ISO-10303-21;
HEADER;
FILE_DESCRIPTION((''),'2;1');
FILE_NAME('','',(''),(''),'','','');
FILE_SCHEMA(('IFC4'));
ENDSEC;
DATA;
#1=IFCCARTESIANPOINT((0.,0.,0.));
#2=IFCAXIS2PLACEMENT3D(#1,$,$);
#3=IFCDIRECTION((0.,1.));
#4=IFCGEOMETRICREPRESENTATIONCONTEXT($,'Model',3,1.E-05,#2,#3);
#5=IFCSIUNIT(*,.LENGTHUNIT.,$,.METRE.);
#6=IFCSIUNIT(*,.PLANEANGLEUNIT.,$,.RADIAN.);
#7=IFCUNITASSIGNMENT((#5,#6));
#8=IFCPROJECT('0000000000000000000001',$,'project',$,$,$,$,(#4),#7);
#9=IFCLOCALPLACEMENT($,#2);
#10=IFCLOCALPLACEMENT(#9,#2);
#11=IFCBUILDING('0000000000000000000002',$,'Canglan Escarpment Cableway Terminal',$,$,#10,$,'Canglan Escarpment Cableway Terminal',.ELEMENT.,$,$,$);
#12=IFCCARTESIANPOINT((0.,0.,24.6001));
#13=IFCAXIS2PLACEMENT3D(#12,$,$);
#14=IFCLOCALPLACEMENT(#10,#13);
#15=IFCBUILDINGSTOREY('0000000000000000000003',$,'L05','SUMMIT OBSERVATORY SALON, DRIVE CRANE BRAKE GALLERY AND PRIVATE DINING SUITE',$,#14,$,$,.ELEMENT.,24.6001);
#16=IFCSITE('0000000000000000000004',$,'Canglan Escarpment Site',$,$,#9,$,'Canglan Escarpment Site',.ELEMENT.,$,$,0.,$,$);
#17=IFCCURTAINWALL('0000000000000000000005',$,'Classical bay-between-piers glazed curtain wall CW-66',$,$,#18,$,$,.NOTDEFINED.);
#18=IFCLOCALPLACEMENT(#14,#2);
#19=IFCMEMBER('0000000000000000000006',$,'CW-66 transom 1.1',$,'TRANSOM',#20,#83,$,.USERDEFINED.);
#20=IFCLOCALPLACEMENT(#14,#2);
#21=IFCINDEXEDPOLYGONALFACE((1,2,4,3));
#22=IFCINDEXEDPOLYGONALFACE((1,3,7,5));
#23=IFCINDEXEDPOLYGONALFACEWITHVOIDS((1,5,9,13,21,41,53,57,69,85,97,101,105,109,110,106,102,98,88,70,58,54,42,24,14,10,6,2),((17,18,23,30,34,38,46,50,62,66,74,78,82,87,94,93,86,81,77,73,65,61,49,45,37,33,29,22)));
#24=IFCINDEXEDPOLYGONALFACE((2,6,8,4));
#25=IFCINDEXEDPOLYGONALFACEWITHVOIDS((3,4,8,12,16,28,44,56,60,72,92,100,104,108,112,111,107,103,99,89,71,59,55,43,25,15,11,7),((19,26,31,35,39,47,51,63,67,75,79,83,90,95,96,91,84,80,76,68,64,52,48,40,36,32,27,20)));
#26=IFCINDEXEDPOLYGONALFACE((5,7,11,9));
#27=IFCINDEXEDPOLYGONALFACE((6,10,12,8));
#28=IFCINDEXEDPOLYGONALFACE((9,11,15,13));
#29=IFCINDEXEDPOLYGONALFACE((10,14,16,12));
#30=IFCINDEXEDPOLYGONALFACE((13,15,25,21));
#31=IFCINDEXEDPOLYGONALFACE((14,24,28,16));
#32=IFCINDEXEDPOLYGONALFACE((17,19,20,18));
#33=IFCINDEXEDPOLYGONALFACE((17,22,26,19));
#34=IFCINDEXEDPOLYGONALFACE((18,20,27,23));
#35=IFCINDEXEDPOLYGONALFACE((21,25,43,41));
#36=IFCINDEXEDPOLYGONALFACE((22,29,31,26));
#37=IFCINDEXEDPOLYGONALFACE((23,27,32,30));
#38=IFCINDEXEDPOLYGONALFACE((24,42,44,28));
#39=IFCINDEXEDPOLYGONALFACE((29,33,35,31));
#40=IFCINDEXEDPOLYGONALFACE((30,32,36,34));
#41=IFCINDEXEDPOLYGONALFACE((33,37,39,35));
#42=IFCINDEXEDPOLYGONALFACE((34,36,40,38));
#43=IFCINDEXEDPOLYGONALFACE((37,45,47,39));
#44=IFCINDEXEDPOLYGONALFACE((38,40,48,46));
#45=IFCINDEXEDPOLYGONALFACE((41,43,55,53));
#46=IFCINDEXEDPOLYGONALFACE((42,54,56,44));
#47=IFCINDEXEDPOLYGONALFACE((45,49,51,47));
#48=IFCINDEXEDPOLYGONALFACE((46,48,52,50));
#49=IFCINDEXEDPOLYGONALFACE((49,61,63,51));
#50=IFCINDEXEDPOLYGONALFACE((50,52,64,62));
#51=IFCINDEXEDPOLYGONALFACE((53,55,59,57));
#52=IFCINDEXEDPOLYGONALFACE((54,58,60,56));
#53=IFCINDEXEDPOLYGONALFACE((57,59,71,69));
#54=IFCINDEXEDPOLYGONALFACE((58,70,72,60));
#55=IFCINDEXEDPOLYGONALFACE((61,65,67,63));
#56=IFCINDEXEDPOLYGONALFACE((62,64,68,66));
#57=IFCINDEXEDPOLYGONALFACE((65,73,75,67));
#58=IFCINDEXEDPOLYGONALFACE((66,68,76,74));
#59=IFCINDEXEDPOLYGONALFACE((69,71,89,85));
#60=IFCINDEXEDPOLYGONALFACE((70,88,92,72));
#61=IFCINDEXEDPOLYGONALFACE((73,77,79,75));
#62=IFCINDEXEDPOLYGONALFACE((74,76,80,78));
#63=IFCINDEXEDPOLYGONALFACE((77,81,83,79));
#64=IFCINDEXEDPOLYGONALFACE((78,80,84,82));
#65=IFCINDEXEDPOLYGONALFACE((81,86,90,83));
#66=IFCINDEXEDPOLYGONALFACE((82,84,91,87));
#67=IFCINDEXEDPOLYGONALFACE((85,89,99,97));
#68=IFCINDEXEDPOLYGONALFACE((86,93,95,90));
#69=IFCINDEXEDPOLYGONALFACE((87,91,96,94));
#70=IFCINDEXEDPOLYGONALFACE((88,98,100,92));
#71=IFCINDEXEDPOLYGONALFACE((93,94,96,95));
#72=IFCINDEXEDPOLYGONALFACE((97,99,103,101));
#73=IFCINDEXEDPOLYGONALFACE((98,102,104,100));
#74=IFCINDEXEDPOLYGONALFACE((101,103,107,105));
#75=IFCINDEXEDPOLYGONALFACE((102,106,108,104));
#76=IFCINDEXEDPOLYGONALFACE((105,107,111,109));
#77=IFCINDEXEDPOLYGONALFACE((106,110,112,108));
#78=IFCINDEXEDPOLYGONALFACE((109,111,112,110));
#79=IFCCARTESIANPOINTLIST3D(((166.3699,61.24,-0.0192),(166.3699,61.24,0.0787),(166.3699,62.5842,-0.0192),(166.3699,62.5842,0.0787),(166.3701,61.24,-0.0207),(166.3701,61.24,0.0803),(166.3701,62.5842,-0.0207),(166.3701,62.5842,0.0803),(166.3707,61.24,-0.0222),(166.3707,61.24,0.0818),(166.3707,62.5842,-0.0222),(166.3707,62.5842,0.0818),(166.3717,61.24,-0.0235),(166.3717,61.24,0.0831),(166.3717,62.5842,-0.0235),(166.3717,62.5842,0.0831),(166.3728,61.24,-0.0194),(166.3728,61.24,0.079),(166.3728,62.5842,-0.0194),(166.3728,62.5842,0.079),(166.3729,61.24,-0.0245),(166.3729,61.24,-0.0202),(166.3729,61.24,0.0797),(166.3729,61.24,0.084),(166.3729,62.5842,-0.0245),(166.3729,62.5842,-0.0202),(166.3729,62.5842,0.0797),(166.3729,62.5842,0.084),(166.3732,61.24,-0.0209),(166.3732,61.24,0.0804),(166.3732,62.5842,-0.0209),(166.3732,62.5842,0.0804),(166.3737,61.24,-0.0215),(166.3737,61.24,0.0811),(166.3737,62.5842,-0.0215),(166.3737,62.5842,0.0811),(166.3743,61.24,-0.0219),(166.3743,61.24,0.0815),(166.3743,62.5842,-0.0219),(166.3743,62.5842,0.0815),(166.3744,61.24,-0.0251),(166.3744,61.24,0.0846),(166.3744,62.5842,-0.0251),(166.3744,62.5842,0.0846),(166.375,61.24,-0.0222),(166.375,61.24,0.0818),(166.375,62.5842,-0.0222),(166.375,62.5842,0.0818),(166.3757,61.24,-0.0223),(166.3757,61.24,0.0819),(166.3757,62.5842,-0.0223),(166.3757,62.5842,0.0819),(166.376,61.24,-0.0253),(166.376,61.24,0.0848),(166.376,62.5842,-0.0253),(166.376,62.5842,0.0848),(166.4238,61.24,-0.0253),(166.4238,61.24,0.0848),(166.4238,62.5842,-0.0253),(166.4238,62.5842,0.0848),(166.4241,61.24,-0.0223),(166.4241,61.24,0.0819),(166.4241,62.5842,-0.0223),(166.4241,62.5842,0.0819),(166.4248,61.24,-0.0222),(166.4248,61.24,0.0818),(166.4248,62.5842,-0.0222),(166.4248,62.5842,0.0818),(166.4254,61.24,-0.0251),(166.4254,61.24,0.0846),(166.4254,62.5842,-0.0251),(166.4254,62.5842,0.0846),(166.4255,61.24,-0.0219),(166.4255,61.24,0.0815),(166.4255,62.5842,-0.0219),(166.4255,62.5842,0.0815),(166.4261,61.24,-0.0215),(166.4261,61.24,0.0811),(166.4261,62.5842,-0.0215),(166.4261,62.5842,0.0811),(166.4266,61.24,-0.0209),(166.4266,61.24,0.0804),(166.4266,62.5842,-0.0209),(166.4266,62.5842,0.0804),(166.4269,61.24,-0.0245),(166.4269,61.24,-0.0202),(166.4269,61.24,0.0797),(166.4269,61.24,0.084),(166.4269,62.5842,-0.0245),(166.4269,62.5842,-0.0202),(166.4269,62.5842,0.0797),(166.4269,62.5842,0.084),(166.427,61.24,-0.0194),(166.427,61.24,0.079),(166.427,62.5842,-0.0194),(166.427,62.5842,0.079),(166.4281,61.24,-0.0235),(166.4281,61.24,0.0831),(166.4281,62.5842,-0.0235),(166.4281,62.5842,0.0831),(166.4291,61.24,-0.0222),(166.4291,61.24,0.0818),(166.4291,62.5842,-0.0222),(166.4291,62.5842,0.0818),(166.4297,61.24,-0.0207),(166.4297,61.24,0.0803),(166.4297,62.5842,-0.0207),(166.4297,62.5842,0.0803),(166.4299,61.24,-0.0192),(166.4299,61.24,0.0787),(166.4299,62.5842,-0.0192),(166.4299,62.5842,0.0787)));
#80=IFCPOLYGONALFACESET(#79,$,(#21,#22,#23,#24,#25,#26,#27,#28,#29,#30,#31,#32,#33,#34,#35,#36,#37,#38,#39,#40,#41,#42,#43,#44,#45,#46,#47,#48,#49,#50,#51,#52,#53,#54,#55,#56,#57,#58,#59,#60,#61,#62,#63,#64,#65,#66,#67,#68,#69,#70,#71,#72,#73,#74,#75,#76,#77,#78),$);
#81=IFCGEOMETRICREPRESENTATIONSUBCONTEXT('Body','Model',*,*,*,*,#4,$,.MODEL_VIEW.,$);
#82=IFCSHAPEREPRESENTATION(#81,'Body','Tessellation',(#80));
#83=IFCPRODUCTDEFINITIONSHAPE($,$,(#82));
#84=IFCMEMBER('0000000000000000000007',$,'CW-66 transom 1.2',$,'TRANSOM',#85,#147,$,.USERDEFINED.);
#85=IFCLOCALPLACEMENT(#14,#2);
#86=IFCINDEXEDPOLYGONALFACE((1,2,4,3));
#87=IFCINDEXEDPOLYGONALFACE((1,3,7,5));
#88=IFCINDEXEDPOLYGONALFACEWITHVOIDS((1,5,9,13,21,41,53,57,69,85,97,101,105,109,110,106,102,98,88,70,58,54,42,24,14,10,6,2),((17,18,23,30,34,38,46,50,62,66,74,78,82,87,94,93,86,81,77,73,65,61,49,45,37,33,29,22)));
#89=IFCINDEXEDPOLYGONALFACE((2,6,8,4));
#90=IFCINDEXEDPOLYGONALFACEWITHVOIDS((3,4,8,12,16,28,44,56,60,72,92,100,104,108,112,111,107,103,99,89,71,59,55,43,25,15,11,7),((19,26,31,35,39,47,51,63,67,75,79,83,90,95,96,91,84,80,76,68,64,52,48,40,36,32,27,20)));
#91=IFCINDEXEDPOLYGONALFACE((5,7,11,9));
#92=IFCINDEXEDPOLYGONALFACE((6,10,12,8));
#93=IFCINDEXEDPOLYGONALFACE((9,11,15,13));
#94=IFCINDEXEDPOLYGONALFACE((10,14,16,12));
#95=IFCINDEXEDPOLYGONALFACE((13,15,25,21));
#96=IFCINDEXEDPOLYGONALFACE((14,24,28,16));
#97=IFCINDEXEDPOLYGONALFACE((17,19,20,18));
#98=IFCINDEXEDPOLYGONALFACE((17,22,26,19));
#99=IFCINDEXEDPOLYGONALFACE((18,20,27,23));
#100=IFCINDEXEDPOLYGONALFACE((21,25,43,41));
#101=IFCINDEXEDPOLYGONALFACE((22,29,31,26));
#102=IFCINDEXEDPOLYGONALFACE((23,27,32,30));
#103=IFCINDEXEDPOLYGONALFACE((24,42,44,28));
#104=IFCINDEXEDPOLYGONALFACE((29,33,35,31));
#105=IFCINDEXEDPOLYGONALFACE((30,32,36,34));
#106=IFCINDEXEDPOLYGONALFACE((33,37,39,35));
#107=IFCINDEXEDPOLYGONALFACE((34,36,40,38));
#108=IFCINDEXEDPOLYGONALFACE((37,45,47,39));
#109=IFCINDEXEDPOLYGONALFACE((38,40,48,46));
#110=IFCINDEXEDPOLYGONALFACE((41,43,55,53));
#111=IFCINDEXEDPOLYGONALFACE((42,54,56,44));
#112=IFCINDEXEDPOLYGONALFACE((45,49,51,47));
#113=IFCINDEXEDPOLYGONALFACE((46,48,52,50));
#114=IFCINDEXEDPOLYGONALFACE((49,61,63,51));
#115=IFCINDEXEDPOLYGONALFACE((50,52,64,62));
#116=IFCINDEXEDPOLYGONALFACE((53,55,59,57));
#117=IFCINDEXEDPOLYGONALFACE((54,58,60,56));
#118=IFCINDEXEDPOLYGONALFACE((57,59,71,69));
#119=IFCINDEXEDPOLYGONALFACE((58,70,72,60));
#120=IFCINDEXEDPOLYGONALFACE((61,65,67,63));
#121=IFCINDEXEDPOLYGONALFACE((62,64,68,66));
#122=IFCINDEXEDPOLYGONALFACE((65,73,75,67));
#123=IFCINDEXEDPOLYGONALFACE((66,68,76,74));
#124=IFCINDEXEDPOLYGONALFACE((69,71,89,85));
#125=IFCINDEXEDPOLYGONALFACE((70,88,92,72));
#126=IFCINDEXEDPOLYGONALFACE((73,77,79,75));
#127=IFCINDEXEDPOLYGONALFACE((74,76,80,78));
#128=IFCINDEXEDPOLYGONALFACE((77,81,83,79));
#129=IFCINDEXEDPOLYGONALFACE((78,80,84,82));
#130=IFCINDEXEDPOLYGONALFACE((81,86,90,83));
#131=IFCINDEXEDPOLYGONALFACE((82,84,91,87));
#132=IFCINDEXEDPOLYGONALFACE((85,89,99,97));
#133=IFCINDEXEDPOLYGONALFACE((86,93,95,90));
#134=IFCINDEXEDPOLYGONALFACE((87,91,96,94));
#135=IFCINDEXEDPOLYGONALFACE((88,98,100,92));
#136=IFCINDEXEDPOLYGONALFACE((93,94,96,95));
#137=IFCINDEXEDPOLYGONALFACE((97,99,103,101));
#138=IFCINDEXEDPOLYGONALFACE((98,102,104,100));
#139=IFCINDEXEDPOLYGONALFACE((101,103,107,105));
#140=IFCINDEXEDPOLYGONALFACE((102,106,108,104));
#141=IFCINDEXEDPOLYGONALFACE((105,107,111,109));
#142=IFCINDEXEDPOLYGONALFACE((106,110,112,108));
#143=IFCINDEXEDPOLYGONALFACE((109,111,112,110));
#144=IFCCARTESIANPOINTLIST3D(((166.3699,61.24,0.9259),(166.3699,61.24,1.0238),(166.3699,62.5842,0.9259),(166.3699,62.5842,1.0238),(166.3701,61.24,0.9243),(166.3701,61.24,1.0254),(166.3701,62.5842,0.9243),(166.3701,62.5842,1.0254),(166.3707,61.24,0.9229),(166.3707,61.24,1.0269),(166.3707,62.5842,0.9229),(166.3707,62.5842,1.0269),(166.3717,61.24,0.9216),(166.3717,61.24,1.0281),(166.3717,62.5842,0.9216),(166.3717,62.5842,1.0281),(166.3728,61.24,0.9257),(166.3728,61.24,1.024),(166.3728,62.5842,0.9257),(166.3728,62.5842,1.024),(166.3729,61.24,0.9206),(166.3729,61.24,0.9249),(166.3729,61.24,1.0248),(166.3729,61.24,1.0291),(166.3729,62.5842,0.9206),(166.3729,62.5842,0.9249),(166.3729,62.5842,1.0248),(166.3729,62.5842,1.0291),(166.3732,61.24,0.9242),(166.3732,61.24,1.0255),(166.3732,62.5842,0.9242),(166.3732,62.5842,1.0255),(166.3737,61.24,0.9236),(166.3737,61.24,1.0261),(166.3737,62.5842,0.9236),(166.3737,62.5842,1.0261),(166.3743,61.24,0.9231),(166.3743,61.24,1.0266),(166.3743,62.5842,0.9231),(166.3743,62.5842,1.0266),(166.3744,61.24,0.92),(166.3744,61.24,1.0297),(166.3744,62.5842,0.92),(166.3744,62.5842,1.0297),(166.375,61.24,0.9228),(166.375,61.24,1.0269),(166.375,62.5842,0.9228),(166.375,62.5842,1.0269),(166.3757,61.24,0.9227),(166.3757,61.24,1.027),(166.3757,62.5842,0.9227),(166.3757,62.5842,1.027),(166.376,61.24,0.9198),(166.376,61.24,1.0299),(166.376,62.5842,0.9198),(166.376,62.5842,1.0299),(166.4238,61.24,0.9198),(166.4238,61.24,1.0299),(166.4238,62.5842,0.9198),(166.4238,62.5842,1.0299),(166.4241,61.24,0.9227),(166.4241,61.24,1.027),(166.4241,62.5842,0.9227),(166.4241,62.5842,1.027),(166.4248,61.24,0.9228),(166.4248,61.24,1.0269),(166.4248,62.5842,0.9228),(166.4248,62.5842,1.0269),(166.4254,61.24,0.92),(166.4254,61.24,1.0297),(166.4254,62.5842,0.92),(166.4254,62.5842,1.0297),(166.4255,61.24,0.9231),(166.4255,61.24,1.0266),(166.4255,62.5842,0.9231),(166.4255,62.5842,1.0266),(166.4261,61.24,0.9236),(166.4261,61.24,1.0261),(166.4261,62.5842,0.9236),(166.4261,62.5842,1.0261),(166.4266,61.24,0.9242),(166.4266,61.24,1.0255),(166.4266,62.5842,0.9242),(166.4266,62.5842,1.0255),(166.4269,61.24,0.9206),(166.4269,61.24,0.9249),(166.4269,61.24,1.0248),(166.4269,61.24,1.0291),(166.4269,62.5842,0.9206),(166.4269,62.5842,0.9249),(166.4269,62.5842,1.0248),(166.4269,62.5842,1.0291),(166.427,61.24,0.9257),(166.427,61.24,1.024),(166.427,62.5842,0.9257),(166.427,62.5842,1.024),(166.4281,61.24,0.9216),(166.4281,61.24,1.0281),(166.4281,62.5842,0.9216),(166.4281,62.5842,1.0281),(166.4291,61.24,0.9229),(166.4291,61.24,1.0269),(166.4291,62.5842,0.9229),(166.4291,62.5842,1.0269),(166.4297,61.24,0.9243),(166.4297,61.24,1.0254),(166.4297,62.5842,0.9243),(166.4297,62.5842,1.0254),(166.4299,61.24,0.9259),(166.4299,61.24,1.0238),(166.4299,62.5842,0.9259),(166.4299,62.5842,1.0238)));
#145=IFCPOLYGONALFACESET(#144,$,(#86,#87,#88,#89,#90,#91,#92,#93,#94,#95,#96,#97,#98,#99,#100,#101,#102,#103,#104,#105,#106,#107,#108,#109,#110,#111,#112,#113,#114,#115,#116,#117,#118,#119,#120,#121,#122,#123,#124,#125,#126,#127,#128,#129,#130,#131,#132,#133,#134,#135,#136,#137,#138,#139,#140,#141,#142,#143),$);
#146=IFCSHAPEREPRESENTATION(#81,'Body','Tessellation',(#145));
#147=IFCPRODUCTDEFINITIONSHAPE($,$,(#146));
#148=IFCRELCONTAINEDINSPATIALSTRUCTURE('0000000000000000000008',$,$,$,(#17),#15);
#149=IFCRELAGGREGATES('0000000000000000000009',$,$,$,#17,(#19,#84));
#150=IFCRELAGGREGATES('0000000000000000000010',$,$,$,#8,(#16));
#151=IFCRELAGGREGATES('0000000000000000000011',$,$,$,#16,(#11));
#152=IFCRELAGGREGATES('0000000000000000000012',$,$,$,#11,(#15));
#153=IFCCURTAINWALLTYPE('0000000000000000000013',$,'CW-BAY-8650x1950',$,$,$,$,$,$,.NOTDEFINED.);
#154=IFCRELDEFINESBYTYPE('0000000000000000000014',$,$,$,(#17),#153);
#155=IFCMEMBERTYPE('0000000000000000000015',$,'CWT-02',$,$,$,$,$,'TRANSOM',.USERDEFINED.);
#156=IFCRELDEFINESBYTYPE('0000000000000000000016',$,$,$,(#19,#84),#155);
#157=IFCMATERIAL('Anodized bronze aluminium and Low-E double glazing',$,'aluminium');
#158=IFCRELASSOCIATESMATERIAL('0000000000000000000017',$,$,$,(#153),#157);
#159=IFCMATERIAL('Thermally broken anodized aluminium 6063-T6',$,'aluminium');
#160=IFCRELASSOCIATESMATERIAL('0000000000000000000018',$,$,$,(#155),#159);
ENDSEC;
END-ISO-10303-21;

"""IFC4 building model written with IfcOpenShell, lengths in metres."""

from ifc_helpers import new_model, si_unit, direction, frame, origin, origin_2d, place, context, subcontext, project, spatial, hollow_rectangle, extrude, material, material_profile, profile_set, type_object, element, aggregate, save


model = new_model("IFC4")

# Units and contexts
model_context = context("Model", 3, precision=1e-05, world=origin(), true_north=direction((0.0, 1.0)))
body_context = subcontext(model_context, "Body", "Model", "MODEL_VIEW")
ifc_project = project(units=[si_unit("LENGTHUNIT", "METRE"), si_unit("PLANEANGLEUNIT", "RADIAN")], contexts=[model_context])

# Site, building, storey
site_placement = place(None, origin())
site = spatial("IfcSite", under=ifc_project, at=site_placement, Name="Canglan Escarpment Site", LongName="Canglan Escarpment Site", CompositionType="ELEMENT", RefElevation=0.0)
building_placement = place(site_placement, origin())
building = spatial("IfcBuilding", under=site, at=building_placement, Name="Canglan Escarpment Cableway Terminal", LongName="Canglan Escarpment Cableway Terminal", CompositionType="ELEMENT")
storey_placement = place(building_placement, frame((0.0, 0.0, 24.6001)))
storey = spatial("IfcBuildingStorey", under=building, at=storey_placement, Name="L05", Description="SUMMIT OBSERVATORY SALON, DRIVE CRANE BRAKE GALLERY AND PRIVATE DINING SUITE", CompositionType="ELEMENT", Elevation=24.6001)

# Shared definitions
ifc_material_1 = material(Name="Anodized bronze aluminium and Low-E double glazing", Category="aluminium")
curtain_wall_type = type_object("IfcCurtainWallType", Name="CW-BAY-8650x1950", PredefinedType="NOTDEFINED", material=ifc_material_1)
ifc_material_2 = material(Name="Thermally broken anodized aluminium 6063-T6", Category="aluminium")

# Curtain wall
curtain_wall_1_placement = place(storey_placement, origin())
curtain_wall_1 = element("IfcCurtainWall", 1, at=curtain_wall_1_placement, inside=storey, type_object=curtain_wall_type, Name="Classical bay-between-piers glazed curtain wall CW-66", PredefinedType="NOTDEFINED")

# Members
ifc_material_profile_1 = material_profile(ifc_material_2, hollow_rectangle(XDim=0.0601, YDim=0.1101, WallThickness=0.0029, InnerFilletRadius=0.0029, OuterFilletRadius=0.0061, at=origin_2d()), Name="ALU-TRAN 60x110x3")
ifc_profile_set_1 = profile_set([ifc_material_profile_1], Name="Thermally broken anodized aluminium 6063-T6")
member_type_1 = type_object("IfcMemberType", Name="CWT-02", ElementType="TRANSOM", PredefinedType="USERDEFINED", material=ifc_profile_set_1)
member_1_placement = place(storey_placement, frame((166.3999, 61.24, 0.0298), z_axis=(0.0, 1.0, 0.0), x_axis=(-1.0, 0.0, 0.0)))
member_1 = element("IfcMember", 2, at=member_1_placement, type_object=member_type_1, Name="CW-66 transom 1.1", ObjectType="TRANSOM", PredefinedType="USERDEFINED", context=body_context, shape_type="SweptSolid", body=[
    extrude(hollow_rectangle(XDim=0.0601, YDim=0.1101, WallThickness=0.0029, InnerFilletRadius=0.0029, OuterFilletRadius=0.0061, at=origin_2d()), origin(), (0.0, 0.0, 1.0), 1.3442),
])
member_2_placement = place(storey_placement, frame((166.3999, 61.24, 0.9749), z_axis=(0.0, 1.0, 0.0), x_axis=(-1.0, 0.0, 0.0)))
member_2 = element("IfcMember", 3, at=member_2_placement, type_object=member_type_1, Name="CW-66 transom 1.2", ObjectType="TRANSOM", PredefinedType="USERDEFINED", context=body_context, shape_type="SweptSolid", body=[
    extrude(hollow_rectangle(XDim=0.0601, YDim=0.1101, WallThickness=0.0029, InnerFilletRadius=0.0029, OuterFilletRadius=0.0061, at=origin_2d()), origin(), (0.0, 0.0, 1.0), 1.3442),
])

aggregate(curtain_wall_1, [member_1, member_2])

save(model, "model.ifc")
